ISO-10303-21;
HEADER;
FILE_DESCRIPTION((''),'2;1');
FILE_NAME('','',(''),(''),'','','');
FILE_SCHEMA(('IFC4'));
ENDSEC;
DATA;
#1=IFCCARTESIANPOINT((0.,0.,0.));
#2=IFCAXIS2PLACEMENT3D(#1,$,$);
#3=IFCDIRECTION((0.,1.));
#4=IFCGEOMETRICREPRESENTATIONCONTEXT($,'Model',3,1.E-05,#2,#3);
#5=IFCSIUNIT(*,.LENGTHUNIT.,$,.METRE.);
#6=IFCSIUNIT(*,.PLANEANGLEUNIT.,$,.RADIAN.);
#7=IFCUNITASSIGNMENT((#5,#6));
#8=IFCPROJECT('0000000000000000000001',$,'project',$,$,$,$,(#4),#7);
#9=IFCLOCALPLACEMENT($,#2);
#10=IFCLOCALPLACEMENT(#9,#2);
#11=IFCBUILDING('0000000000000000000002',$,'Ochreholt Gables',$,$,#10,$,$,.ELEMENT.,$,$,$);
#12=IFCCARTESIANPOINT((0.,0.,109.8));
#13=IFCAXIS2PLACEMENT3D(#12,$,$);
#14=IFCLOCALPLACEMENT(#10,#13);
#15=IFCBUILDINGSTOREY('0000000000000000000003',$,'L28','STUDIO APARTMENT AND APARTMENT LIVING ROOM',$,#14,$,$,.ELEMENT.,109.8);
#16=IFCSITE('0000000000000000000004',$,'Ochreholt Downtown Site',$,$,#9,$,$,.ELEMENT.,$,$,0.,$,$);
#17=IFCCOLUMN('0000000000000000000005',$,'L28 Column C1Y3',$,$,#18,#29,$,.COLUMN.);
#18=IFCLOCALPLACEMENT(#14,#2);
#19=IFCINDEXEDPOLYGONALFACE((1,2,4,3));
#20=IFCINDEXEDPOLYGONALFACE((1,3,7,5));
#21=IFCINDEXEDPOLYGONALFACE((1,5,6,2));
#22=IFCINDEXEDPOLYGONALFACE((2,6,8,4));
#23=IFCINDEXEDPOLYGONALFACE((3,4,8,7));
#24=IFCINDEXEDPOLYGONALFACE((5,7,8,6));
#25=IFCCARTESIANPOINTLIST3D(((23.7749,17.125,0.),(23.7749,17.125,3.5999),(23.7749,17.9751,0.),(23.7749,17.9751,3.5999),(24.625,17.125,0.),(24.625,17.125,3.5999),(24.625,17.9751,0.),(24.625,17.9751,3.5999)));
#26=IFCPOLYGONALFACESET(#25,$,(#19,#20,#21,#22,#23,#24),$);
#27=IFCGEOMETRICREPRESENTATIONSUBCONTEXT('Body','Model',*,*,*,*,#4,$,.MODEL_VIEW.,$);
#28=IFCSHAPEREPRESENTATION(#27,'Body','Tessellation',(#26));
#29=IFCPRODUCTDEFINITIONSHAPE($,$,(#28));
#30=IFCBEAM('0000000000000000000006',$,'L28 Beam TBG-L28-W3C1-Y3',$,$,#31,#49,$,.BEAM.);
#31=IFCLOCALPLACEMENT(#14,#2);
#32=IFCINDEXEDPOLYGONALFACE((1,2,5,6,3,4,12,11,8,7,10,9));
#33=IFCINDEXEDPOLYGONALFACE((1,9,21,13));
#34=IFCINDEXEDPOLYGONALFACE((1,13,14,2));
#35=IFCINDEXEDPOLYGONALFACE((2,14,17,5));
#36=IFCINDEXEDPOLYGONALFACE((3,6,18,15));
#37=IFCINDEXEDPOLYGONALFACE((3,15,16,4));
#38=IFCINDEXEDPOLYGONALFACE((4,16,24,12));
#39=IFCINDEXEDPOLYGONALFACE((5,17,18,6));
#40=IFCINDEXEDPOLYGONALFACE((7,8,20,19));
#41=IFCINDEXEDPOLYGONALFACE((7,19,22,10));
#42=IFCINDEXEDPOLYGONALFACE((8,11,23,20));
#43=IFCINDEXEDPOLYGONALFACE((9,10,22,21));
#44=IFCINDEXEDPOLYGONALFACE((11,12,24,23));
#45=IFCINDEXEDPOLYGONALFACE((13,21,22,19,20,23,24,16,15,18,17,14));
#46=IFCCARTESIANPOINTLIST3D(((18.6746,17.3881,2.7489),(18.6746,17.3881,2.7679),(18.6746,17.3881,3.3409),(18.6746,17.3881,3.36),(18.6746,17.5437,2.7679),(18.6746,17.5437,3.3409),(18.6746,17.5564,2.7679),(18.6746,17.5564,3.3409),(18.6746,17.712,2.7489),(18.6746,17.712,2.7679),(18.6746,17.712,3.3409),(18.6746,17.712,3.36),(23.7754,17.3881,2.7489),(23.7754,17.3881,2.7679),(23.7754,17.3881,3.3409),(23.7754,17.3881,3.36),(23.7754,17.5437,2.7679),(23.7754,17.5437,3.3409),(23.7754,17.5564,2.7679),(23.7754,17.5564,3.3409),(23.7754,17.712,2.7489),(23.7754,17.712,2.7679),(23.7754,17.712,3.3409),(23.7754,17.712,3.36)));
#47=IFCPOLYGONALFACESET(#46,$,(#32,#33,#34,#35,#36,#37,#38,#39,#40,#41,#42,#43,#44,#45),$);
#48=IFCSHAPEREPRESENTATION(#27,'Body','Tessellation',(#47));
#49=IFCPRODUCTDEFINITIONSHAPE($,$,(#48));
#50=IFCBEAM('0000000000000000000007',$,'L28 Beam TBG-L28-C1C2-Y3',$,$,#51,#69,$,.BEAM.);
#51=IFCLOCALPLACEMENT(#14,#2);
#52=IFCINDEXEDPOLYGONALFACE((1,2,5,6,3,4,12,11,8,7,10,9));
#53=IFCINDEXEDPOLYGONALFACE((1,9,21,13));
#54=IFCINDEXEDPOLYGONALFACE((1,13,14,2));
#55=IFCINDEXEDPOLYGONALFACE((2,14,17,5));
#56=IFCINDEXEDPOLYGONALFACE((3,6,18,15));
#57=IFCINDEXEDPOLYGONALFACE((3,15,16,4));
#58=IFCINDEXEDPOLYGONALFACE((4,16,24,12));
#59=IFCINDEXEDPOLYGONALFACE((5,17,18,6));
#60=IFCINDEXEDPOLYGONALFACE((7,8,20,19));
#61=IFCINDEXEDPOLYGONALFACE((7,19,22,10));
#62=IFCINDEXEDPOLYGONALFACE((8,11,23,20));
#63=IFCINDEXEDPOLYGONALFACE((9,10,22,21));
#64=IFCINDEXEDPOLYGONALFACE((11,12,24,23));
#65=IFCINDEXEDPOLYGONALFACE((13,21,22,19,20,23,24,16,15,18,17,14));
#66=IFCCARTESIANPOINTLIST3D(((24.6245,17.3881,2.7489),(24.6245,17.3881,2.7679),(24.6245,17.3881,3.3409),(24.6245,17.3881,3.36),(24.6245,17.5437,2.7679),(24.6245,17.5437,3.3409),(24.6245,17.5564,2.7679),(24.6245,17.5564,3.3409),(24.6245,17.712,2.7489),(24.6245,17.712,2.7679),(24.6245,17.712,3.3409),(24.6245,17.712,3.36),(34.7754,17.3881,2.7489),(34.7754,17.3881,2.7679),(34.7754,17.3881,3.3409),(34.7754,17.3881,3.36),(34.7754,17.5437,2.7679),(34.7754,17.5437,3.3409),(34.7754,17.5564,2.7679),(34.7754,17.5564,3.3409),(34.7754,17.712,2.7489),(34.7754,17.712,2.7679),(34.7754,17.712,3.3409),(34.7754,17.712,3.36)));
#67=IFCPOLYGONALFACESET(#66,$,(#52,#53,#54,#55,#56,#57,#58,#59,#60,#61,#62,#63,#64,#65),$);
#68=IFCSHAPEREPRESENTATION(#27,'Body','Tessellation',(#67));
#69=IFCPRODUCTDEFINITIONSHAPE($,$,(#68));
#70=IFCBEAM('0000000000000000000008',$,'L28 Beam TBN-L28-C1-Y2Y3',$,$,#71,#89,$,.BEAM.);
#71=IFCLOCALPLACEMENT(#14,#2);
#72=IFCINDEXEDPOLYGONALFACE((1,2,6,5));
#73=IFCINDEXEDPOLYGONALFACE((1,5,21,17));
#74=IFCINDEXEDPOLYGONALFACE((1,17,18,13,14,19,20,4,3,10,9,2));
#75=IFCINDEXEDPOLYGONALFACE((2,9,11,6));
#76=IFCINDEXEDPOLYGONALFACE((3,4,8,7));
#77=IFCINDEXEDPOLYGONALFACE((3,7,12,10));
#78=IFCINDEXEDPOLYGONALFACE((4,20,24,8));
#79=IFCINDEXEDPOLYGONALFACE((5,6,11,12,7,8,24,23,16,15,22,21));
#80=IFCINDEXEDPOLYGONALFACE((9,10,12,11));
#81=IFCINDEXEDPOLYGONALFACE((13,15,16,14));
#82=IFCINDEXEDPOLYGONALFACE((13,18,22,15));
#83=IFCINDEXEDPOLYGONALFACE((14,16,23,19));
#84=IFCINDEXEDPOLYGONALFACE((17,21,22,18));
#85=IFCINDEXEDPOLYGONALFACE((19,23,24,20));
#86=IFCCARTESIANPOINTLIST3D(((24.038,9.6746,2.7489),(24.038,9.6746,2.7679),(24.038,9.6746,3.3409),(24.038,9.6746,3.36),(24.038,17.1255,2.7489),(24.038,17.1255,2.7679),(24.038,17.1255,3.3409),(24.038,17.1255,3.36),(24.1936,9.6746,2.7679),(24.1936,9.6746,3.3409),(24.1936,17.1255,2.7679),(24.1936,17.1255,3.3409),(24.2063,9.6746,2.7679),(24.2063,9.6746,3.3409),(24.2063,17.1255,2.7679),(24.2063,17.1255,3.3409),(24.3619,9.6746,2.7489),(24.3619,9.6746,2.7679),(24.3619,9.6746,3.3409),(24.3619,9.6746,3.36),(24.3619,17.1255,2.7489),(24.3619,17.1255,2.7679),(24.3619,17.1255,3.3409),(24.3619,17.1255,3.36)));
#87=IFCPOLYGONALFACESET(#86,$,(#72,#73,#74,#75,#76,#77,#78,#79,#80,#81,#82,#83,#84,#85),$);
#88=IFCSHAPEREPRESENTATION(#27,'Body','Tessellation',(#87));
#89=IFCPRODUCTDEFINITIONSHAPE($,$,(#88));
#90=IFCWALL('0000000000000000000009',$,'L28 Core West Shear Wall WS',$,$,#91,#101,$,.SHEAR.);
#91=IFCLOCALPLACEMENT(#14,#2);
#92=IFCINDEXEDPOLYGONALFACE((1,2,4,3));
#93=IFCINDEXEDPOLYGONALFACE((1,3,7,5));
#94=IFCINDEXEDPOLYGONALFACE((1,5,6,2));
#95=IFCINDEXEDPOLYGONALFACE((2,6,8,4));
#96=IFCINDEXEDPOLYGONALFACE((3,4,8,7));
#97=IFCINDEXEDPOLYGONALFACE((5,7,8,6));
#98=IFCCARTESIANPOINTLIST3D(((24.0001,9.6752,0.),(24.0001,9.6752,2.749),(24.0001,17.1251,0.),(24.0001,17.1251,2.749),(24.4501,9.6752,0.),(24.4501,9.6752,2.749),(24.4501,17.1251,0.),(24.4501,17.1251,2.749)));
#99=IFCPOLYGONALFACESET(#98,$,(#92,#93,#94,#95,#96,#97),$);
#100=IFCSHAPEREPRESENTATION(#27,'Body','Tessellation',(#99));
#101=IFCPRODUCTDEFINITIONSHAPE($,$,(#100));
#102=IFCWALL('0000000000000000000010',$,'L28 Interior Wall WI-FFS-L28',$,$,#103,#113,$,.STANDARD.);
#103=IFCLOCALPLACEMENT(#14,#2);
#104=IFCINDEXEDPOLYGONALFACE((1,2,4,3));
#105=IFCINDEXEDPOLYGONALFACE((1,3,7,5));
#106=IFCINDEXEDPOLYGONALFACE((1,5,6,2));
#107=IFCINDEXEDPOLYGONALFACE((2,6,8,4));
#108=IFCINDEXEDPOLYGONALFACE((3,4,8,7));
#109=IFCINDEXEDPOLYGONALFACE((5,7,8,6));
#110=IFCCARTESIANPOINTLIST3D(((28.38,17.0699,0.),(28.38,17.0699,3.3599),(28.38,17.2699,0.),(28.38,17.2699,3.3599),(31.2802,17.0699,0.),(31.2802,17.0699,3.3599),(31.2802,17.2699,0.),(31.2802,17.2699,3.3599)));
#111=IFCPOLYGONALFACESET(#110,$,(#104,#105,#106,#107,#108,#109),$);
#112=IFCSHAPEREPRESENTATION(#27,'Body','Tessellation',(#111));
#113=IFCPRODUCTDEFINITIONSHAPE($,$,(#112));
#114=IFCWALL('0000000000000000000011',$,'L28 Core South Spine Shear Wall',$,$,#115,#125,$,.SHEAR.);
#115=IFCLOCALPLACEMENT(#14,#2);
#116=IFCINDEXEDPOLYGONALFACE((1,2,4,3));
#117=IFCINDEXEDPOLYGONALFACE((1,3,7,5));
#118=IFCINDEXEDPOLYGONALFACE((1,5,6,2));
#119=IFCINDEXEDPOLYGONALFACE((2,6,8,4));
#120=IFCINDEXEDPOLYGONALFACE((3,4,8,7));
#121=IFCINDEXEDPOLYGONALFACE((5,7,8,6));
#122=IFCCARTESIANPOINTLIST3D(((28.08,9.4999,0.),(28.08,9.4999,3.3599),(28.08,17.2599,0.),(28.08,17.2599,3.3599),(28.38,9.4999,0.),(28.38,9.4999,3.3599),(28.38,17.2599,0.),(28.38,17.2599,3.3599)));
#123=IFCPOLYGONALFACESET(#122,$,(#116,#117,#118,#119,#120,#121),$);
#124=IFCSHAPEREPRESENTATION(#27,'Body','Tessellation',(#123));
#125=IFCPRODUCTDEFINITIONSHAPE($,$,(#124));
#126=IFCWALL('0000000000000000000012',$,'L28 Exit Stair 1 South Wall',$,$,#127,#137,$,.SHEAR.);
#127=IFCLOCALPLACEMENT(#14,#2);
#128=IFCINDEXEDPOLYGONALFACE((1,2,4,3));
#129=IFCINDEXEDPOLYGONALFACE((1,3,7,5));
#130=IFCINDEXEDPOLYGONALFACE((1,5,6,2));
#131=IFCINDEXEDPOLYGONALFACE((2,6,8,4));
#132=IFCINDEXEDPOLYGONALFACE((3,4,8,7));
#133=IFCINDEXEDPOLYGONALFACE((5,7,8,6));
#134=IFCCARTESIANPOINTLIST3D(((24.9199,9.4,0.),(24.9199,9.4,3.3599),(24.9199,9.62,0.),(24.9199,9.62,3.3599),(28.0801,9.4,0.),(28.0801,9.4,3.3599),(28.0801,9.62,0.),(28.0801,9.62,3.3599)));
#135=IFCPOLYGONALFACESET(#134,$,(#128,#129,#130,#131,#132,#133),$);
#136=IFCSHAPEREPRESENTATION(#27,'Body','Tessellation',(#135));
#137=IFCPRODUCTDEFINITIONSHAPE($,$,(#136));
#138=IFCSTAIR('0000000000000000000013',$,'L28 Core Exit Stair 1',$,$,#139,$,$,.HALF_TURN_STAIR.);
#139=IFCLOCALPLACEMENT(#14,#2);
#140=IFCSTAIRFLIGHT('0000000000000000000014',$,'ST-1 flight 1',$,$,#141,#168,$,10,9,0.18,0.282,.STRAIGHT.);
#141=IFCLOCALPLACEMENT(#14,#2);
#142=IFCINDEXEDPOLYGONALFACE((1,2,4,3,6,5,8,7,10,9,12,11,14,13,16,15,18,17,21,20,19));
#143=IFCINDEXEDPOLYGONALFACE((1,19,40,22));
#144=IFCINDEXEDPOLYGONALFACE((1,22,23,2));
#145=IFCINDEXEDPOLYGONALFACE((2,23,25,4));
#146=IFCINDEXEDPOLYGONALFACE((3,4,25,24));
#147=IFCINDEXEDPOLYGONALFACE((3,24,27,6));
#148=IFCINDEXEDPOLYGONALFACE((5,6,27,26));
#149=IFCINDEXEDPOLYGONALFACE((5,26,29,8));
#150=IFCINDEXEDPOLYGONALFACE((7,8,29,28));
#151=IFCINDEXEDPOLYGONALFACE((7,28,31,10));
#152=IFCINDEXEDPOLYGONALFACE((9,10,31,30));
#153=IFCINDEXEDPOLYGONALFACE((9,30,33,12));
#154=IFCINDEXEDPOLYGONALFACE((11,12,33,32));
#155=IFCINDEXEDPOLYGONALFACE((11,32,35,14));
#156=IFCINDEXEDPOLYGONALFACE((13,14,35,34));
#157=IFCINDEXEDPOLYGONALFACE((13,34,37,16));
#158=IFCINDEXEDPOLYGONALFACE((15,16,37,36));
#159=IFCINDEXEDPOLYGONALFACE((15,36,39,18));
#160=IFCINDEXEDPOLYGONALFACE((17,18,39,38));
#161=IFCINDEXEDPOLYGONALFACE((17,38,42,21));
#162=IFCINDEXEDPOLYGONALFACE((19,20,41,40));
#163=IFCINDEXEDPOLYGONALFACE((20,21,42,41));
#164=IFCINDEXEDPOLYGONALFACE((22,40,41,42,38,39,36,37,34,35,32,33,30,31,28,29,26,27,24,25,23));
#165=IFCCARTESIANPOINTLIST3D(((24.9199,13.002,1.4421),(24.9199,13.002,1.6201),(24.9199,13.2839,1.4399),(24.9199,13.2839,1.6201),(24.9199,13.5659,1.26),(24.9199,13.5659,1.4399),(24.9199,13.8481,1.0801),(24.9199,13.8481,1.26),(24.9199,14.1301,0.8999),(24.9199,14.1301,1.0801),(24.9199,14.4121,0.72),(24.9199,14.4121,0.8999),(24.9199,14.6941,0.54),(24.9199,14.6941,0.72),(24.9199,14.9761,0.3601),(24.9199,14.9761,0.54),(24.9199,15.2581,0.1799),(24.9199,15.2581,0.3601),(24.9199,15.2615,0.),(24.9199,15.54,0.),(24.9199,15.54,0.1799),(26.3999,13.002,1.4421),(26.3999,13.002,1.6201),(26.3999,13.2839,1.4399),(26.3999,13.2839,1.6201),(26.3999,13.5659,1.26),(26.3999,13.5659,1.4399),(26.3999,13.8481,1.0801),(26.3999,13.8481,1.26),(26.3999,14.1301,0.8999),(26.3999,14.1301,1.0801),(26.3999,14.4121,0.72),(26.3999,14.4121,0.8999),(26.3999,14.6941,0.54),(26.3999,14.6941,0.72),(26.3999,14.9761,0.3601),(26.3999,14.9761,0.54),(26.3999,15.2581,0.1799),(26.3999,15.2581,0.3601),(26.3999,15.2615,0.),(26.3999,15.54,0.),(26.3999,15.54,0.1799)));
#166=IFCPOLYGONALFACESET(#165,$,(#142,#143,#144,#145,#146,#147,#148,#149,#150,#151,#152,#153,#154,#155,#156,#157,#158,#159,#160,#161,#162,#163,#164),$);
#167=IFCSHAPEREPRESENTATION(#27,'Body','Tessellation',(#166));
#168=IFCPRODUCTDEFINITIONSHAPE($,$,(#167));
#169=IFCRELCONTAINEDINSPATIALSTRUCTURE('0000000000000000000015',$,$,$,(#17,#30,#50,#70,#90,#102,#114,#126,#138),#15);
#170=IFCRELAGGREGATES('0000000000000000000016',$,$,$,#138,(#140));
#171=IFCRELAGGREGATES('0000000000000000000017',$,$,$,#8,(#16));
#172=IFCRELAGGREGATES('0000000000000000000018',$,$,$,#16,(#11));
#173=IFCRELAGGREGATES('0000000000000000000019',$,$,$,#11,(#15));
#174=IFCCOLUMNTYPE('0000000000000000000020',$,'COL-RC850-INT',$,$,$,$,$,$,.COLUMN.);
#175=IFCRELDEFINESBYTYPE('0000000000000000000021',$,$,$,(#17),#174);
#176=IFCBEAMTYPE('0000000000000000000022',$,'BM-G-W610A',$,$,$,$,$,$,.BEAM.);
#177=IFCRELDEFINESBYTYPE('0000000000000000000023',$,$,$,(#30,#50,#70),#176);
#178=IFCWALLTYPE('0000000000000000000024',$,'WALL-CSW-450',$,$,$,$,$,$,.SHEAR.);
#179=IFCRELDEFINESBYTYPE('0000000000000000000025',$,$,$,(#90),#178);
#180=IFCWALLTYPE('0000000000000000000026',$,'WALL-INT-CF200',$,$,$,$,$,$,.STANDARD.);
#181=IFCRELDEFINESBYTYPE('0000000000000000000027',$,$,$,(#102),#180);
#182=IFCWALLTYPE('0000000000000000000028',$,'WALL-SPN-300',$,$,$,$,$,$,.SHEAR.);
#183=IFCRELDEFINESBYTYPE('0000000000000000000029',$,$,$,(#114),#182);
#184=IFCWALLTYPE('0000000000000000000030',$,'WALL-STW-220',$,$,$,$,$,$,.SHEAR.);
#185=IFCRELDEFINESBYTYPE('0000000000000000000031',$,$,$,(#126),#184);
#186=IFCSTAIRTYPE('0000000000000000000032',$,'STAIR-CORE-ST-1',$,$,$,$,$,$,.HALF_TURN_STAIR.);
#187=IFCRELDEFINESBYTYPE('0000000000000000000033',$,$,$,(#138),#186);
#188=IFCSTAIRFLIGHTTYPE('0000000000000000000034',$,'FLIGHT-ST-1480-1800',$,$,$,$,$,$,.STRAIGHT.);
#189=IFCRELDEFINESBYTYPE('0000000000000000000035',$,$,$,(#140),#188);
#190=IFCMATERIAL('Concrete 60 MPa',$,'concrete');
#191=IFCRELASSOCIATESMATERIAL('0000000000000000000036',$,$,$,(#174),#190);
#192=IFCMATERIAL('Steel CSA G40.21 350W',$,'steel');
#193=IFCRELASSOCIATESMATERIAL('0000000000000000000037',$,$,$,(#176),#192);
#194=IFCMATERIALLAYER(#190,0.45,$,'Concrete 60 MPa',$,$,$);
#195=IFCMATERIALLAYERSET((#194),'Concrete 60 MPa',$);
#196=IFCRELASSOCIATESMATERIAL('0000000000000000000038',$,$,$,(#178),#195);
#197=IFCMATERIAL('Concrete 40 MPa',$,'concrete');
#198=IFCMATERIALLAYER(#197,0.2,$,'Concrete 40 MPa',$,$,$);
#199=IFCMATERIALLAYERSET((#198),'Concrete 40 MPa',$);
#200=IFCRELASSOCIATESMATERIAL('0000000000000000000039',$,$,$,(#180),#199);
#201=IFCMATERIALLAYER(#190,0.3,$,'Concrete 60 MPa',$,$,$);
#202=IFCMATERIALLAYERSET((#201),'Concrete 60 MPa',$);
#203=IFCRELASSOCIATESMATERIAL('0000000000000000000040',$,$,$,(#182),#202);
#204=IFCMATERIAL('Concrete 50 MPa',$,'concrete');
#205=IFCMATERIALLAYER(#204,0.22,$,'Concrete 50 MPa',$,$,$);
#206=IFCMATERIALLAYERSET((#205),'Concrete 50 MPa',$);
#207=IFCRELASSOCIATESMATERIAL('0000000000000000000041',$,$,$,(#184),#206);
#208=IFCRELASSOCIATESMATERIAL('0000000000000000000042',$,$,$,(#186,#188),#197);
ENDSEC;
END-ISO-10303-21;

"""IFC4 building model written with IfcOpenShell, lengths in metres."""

from ifc_helpers import new_model, si_unit, direction, frame, frame_2d, origin, origin_2d, place, context, subcontext, project, spatial, polyline, rectangle, i_section, outline, extrude, material, layer, layer_set, material_profile, profile_set, type_object, element, aggregate, save


model = new_model("IFC4")

# Units and contexts
model_context = context("Model", 3, precision=1e-05, world=origin(), true_north=direction((0.0, 1.0)))
body_context = subcontext(model_context, "Body", "Model", "MODEL_VIEW")
ifc_project = project(units=[si_unit("LENGTHUNIT", "METRE"), si_unit("PLANEANGLEUNIT", "RADIAN")], contexts=[model_context])

# Site, building, storey
site_placement = place(None, origin())
site = spatial("IfcSite", under=ifc_project, at=site_placement, Name="Ochreholt Downtown Site", CompositionType="ELEMENT", RefElevation=0.0)
building_placement = place(site_placement, origin())
building = spatial("IfcBuilding", under=site, at=building_placement, Name="Ochreholt Gables", CompositionType="ELEMENT")
storey_placement = place(building_placement, frame((0.0, 0.0, 109.8)))
storey = spatial("IfcBuildingStorey", under=building, at=storey_placement, Name="L28", Description="STUDIO APARTMENT AND APARTMENT LIVING ROOM", CompositionType="ELEMENT", Elevation=109.8)

# Column
ifc_material_1 = material(Name="Concrete 60 MPa", Category="concrete")
ifc_material_profile_1 = material_profile(ifc_material_1, rectangle(XDim=0.8501, YDim=0.8501, at=origin_2d()), Name="RC850X850")
ifc_profile_set_1 = profile_set([ifc_material_profile_1], Name="Concrete 60 MPa")
column_type = type_object("IfcColumnType", Name="COL-RC850-INT", PredefinedType="COLUMN", material=ifc_profile_set_1)
column_placement = place(storey_placement, frame((24.2, 17.55, 0.0), z_axis=(0.0, 0.0, 1.0), x_axis=(1.0, 0.0, 0.0)))
element("IfcColumn", 1, at=column_placement, inside=storey, type_object=column_type, Name="L28 Column C1Y3", PredefinedType="COLUMN", context=body_context, shape_type="SweptSolid", body=[
    extrude(rectangle(XDim=0.8501, YDim=0.8501, at=origin_2d()), origin(), (0.0, 0.0, 1.0), 3.5999),
])

# Beams
ifc_material_2 = material(Name="Steel CSA G40.21 350W", Category="steel")
ifc_material_profile_2 = material_profile(ifc_material_2, i_section(OverallWidth=0.324, OverallDepth=0.6111, WebThickness=0.0127, FlangeThickness=0.019, at=origin_2d()), Name="W610X155")
ifc_profile_set_2 = profile_set([ifc_material_profile_2], Name="Steel CSA G40.21 350W")
beam_type = type_object("IfcBeamType", Name="BM-G-W610A", PredefinedType="BEAM", material=ifc_profile_set_2)
beam_1_placement = place(storey_placement, frame((18.6746, 17.55, 3.0544), z_axis=(1.0, 0.0, 0.0), x_axis=(0.0, 1.0, 0.0)))
element("IfcBeam", 2, at=beam_1_placement, inside=storey, type_object=beam_type, Name="L28 Beam TBG-L28-W3C1-Y3", PredefinedType="BEAM", context=body_context, shape_type="SweptSolid", body=[
    extrude(i_section(OverallWidth=0.324, OverallDepth=0.6111, WebThickness=0.0127, FlangeThickness=0.019, at=origin_2d()), origin(), (0.0, 0.0, 1.0), 5.1008),
])
beam_2_placement = place(storey_placement, frame((24.6245, 17.55, 3.0544), z_axis=(1.0, 0.0, 0.0), x_axis=(0.0, 1.0, 0.0)))
element("IfcBeam", 3, at=beam_2_placement, inside=storey, type_object=beam_type, Name="L28 Beam TBG-L28-C1C2-Y3", PredefinedType="BEAM", context=body_context, shape_type="SweptSolid", body=[
    extrude(i_section(OverallWidth=0.324, OverallDepth=0.6111, WebThickness=0.0127, FlangeThickness=0.019, at=origin_2d()), origin(), (0.0, 0.0, 1.0), 10.1509),
])
beam_3_placement = place(storey_placement, frame((24.2, 9.6746, 3.0544), z_axis=(0.0, 1.0, 0.0), x_axis=(-1.0, 0.0, 0.0)))
element("IfcBeam", 4, at=beam_3_placement, inside=storey, type_object=beam_type, Name="L28 Beam TBN-L28-C1-Y2Y3", PredefinedType="BEAM", context=body_context, shape_type="SweptSolid", body=[
    extrude(i_section(OverallWidth=0.324, OverallDepth=0.6111, WebThickness=0.0127, FlangeThickness=0.019, at=origin_2d()), origin(), (0.0, 0.0, 1.0), 7.4509),
])

# Walls
ifc_layer_1 = layer(ifc_material_1, 0.45, Name="Concrete 60 MPa")
ifc_layer_set_1 = layer_set([ifc_layer_1], Name="Concrete 60 MPa")
wall_type_1 = type_object("IfcWallType", Name="WALL-CSW-450", PredefinedType="SHEAR", material=ifc_layer_set_1)
wall_1_placement = place(storey_placement, frame((24.2251, 9.675, 0.0), z_axis=(0.0, 0.0, 1.0), x_axis=(0.0, 1.0, 0.0)))
element("IfcWall", 5, at=wall_1_placement, inside=storey, type_object=wall_type_1, Name="L28 Core West Shear Wall WS", PredefinedType="SHEAR", context=body_context, shape_type="SweptSolid", body=[
    extrude(rectangle(XDim=7.45, YDim=0.45, at=frame_2d((3.7251, 0.0))), origin(), (0.0, 0.0, 1.0), 2.749),
])
ifc_material_3 = material(Name="Concrete 40 MPa", Category="concrete")
ifc_layer_2 = layer(ifc_material_3, 0.2, Name="Concrete 40 MPa")
ifc_layer_set_2 = layer_set([ifc_layer_2], Name="Concrete 40 MPa")
wall_type_2 = type_object("IfcWallType", Name="WALL-INT-CF200", PredefinedType="STANDARD", material=ifc_layer_set_2)
wall_2_placement = place(storey_placement, frame((28.3799, 17.1699, 0.0), z_axis=(0.0, 0.0, 1.0), x_axis=(1.0, 0.0, 0.0)))
element("IfcWall", 6, at=wall_2_placement, inside=storey, type_object=wall_type_2, Name="L28 Interior Wall WI-FFS-L28", PredefinedType="STANDARD", context=body_context, shape_type="SweptSolid", body=[
    extrude(rectangle(XDim=2.9001, YDim=0.2, at=frame_2d((1.4502, 0.0))), origin(), (0.0, 0.0, 1.0), 3.3599),
])
ifc_layer_3 = layer(ifc_material_1, 0.3, Name="Concrete 60 MPa")
ifc_layer_set_3 = layer_set([ifc_layer_3], Name="Concrete 60 MPa")
wall_type_3 = type_object("IfcWallType", Name="WALL-SPN-300", PredefinedType="SHEAR", material=ifc_layer_set_3)
wall_3_placement = place(storey_placement, frame((28.23, 9.5, 0.0), z_axis=(0.0, 0.0, 1.0), x_axis=(0.0, 1.0, 0.0)))
element("IfcWall", 7, at=wall_3_placement, inside=storey, type_object=wall_type_3, Name="L28 Core South Spine Shear Wall", PredefinedType="SHEAR", context=body_context, shape_type="SweptSolid", body=[
    extrude(rectangle(XDim=7.76, YDim=0.3, at=frame_2d((3.8799, 0.0))), origin(), (0.0, 0.0, 1.0), 3.3599),
])
ifc_material_4 = material(Name="Concrete 50 MPa", Category="concrete")
ifc_layer_4 = layer(ifc_material_4, 0.22, Name="Concrete 50 MPa")
ifc_layer_set_4 = layer_set([ifc_layer_4], Name="Concrete 50 MPa")
wall_type_4 = type_object("IfcWallType", Name="WALL-STW-220", PredefinedType="SHEAR", material=ifc_layer_set_4)
wall_4_placement = place(storey_placement, frame((24.9199, 9.51, 0.0), z_axis=(0.0, 0.0, 1.0), x_axis=(1.0, 0.0, 0.0)))
element("IfcWall", 8, at=wall_4_placement, inside=storey, type_object=wall_type_4, Name="L28 Exit Stair 1 South Wall", PredefinedType="SHEAR", context=body_context, shape_type="SweptSolid", body=[
    extrude(rectangle(XDim=3.1602, YDim=0.22, at=frame_2d((1.5801, 0.0))), origin(), (0.0, 0.0, 1.0), 3.3599),
])

# Stair, stair flight
stair_type = type_object("IfcStairType", Name="STAIR-CORE-ST-1", PredefinedType="HALF_TURN_STAIR", material=ifc_material_3)
stair_placement = place(storey_placement, origin())
stair = element("IfcStair", 9, at=stair_placement, inside=storey, type_object=stair_type, Name="L28 Core Exit Stair 1", PredefinedType="HALF_TURN_STAIR")
stair_flight_type = type_object("IfcStairFlightType", Name="FLIGHT-ST-1480-1800", PredefinedType="STRAIGHT", material=ifc_material_3)
stair_flight_1_placement = place(storey_placement, frame((25.6599, 15.54, 0.0), z_axis=(0.0, 0.0, 1.0), x_axis=(0.0, -1.0, 0.0)))
stair_flight_1 = element("IfcStairFlight", 10, at=stair_flight_1_placement, type_object=stair_flight_type, Name="ST-1 flight 1", NumberOfRisers=10, NumberOfTreads=9, PredefinedType="STRAIGHT", RiserHeight=0.18, TreadLength=0.282, context=body_context, shape_type="SweptSolid", body=[
    extrude(outline(polyline([(0.0, 0.0), (0.0, 0.1799), (0.282, 0.1799), (0.282, 0.3601), (0.564, 0.3601), (0.564, 0.54), (0.8459, 0.54), (0.8459, 0.72), (1.1279, 0.72), (1.1279, 0.8999), (1.4099, 0.8999), (1.4099, 1.0801), (1.6919, 1.0801), (1.6919, 1.26), (1.9741, 1.26), (1.9741, 1.4399), (2.2561, 1.4399), (2.2561, 1.6201), (2.5381, 1.6201), (2.5381, 1.8), (2.5381, 1.4421), (0.2786, 0.0), (0.0, 0.0)])), frame((0.0, 0.74, 0.0), z_axis=(0.0, -1.0, 0.0), x_axis=(1.0, 0.0, 0.0)), (0.0, 0.0, 1.0), 1.48),
])
aggregate(stair, [stair_flight_1])

save(model, "model.ifc")
